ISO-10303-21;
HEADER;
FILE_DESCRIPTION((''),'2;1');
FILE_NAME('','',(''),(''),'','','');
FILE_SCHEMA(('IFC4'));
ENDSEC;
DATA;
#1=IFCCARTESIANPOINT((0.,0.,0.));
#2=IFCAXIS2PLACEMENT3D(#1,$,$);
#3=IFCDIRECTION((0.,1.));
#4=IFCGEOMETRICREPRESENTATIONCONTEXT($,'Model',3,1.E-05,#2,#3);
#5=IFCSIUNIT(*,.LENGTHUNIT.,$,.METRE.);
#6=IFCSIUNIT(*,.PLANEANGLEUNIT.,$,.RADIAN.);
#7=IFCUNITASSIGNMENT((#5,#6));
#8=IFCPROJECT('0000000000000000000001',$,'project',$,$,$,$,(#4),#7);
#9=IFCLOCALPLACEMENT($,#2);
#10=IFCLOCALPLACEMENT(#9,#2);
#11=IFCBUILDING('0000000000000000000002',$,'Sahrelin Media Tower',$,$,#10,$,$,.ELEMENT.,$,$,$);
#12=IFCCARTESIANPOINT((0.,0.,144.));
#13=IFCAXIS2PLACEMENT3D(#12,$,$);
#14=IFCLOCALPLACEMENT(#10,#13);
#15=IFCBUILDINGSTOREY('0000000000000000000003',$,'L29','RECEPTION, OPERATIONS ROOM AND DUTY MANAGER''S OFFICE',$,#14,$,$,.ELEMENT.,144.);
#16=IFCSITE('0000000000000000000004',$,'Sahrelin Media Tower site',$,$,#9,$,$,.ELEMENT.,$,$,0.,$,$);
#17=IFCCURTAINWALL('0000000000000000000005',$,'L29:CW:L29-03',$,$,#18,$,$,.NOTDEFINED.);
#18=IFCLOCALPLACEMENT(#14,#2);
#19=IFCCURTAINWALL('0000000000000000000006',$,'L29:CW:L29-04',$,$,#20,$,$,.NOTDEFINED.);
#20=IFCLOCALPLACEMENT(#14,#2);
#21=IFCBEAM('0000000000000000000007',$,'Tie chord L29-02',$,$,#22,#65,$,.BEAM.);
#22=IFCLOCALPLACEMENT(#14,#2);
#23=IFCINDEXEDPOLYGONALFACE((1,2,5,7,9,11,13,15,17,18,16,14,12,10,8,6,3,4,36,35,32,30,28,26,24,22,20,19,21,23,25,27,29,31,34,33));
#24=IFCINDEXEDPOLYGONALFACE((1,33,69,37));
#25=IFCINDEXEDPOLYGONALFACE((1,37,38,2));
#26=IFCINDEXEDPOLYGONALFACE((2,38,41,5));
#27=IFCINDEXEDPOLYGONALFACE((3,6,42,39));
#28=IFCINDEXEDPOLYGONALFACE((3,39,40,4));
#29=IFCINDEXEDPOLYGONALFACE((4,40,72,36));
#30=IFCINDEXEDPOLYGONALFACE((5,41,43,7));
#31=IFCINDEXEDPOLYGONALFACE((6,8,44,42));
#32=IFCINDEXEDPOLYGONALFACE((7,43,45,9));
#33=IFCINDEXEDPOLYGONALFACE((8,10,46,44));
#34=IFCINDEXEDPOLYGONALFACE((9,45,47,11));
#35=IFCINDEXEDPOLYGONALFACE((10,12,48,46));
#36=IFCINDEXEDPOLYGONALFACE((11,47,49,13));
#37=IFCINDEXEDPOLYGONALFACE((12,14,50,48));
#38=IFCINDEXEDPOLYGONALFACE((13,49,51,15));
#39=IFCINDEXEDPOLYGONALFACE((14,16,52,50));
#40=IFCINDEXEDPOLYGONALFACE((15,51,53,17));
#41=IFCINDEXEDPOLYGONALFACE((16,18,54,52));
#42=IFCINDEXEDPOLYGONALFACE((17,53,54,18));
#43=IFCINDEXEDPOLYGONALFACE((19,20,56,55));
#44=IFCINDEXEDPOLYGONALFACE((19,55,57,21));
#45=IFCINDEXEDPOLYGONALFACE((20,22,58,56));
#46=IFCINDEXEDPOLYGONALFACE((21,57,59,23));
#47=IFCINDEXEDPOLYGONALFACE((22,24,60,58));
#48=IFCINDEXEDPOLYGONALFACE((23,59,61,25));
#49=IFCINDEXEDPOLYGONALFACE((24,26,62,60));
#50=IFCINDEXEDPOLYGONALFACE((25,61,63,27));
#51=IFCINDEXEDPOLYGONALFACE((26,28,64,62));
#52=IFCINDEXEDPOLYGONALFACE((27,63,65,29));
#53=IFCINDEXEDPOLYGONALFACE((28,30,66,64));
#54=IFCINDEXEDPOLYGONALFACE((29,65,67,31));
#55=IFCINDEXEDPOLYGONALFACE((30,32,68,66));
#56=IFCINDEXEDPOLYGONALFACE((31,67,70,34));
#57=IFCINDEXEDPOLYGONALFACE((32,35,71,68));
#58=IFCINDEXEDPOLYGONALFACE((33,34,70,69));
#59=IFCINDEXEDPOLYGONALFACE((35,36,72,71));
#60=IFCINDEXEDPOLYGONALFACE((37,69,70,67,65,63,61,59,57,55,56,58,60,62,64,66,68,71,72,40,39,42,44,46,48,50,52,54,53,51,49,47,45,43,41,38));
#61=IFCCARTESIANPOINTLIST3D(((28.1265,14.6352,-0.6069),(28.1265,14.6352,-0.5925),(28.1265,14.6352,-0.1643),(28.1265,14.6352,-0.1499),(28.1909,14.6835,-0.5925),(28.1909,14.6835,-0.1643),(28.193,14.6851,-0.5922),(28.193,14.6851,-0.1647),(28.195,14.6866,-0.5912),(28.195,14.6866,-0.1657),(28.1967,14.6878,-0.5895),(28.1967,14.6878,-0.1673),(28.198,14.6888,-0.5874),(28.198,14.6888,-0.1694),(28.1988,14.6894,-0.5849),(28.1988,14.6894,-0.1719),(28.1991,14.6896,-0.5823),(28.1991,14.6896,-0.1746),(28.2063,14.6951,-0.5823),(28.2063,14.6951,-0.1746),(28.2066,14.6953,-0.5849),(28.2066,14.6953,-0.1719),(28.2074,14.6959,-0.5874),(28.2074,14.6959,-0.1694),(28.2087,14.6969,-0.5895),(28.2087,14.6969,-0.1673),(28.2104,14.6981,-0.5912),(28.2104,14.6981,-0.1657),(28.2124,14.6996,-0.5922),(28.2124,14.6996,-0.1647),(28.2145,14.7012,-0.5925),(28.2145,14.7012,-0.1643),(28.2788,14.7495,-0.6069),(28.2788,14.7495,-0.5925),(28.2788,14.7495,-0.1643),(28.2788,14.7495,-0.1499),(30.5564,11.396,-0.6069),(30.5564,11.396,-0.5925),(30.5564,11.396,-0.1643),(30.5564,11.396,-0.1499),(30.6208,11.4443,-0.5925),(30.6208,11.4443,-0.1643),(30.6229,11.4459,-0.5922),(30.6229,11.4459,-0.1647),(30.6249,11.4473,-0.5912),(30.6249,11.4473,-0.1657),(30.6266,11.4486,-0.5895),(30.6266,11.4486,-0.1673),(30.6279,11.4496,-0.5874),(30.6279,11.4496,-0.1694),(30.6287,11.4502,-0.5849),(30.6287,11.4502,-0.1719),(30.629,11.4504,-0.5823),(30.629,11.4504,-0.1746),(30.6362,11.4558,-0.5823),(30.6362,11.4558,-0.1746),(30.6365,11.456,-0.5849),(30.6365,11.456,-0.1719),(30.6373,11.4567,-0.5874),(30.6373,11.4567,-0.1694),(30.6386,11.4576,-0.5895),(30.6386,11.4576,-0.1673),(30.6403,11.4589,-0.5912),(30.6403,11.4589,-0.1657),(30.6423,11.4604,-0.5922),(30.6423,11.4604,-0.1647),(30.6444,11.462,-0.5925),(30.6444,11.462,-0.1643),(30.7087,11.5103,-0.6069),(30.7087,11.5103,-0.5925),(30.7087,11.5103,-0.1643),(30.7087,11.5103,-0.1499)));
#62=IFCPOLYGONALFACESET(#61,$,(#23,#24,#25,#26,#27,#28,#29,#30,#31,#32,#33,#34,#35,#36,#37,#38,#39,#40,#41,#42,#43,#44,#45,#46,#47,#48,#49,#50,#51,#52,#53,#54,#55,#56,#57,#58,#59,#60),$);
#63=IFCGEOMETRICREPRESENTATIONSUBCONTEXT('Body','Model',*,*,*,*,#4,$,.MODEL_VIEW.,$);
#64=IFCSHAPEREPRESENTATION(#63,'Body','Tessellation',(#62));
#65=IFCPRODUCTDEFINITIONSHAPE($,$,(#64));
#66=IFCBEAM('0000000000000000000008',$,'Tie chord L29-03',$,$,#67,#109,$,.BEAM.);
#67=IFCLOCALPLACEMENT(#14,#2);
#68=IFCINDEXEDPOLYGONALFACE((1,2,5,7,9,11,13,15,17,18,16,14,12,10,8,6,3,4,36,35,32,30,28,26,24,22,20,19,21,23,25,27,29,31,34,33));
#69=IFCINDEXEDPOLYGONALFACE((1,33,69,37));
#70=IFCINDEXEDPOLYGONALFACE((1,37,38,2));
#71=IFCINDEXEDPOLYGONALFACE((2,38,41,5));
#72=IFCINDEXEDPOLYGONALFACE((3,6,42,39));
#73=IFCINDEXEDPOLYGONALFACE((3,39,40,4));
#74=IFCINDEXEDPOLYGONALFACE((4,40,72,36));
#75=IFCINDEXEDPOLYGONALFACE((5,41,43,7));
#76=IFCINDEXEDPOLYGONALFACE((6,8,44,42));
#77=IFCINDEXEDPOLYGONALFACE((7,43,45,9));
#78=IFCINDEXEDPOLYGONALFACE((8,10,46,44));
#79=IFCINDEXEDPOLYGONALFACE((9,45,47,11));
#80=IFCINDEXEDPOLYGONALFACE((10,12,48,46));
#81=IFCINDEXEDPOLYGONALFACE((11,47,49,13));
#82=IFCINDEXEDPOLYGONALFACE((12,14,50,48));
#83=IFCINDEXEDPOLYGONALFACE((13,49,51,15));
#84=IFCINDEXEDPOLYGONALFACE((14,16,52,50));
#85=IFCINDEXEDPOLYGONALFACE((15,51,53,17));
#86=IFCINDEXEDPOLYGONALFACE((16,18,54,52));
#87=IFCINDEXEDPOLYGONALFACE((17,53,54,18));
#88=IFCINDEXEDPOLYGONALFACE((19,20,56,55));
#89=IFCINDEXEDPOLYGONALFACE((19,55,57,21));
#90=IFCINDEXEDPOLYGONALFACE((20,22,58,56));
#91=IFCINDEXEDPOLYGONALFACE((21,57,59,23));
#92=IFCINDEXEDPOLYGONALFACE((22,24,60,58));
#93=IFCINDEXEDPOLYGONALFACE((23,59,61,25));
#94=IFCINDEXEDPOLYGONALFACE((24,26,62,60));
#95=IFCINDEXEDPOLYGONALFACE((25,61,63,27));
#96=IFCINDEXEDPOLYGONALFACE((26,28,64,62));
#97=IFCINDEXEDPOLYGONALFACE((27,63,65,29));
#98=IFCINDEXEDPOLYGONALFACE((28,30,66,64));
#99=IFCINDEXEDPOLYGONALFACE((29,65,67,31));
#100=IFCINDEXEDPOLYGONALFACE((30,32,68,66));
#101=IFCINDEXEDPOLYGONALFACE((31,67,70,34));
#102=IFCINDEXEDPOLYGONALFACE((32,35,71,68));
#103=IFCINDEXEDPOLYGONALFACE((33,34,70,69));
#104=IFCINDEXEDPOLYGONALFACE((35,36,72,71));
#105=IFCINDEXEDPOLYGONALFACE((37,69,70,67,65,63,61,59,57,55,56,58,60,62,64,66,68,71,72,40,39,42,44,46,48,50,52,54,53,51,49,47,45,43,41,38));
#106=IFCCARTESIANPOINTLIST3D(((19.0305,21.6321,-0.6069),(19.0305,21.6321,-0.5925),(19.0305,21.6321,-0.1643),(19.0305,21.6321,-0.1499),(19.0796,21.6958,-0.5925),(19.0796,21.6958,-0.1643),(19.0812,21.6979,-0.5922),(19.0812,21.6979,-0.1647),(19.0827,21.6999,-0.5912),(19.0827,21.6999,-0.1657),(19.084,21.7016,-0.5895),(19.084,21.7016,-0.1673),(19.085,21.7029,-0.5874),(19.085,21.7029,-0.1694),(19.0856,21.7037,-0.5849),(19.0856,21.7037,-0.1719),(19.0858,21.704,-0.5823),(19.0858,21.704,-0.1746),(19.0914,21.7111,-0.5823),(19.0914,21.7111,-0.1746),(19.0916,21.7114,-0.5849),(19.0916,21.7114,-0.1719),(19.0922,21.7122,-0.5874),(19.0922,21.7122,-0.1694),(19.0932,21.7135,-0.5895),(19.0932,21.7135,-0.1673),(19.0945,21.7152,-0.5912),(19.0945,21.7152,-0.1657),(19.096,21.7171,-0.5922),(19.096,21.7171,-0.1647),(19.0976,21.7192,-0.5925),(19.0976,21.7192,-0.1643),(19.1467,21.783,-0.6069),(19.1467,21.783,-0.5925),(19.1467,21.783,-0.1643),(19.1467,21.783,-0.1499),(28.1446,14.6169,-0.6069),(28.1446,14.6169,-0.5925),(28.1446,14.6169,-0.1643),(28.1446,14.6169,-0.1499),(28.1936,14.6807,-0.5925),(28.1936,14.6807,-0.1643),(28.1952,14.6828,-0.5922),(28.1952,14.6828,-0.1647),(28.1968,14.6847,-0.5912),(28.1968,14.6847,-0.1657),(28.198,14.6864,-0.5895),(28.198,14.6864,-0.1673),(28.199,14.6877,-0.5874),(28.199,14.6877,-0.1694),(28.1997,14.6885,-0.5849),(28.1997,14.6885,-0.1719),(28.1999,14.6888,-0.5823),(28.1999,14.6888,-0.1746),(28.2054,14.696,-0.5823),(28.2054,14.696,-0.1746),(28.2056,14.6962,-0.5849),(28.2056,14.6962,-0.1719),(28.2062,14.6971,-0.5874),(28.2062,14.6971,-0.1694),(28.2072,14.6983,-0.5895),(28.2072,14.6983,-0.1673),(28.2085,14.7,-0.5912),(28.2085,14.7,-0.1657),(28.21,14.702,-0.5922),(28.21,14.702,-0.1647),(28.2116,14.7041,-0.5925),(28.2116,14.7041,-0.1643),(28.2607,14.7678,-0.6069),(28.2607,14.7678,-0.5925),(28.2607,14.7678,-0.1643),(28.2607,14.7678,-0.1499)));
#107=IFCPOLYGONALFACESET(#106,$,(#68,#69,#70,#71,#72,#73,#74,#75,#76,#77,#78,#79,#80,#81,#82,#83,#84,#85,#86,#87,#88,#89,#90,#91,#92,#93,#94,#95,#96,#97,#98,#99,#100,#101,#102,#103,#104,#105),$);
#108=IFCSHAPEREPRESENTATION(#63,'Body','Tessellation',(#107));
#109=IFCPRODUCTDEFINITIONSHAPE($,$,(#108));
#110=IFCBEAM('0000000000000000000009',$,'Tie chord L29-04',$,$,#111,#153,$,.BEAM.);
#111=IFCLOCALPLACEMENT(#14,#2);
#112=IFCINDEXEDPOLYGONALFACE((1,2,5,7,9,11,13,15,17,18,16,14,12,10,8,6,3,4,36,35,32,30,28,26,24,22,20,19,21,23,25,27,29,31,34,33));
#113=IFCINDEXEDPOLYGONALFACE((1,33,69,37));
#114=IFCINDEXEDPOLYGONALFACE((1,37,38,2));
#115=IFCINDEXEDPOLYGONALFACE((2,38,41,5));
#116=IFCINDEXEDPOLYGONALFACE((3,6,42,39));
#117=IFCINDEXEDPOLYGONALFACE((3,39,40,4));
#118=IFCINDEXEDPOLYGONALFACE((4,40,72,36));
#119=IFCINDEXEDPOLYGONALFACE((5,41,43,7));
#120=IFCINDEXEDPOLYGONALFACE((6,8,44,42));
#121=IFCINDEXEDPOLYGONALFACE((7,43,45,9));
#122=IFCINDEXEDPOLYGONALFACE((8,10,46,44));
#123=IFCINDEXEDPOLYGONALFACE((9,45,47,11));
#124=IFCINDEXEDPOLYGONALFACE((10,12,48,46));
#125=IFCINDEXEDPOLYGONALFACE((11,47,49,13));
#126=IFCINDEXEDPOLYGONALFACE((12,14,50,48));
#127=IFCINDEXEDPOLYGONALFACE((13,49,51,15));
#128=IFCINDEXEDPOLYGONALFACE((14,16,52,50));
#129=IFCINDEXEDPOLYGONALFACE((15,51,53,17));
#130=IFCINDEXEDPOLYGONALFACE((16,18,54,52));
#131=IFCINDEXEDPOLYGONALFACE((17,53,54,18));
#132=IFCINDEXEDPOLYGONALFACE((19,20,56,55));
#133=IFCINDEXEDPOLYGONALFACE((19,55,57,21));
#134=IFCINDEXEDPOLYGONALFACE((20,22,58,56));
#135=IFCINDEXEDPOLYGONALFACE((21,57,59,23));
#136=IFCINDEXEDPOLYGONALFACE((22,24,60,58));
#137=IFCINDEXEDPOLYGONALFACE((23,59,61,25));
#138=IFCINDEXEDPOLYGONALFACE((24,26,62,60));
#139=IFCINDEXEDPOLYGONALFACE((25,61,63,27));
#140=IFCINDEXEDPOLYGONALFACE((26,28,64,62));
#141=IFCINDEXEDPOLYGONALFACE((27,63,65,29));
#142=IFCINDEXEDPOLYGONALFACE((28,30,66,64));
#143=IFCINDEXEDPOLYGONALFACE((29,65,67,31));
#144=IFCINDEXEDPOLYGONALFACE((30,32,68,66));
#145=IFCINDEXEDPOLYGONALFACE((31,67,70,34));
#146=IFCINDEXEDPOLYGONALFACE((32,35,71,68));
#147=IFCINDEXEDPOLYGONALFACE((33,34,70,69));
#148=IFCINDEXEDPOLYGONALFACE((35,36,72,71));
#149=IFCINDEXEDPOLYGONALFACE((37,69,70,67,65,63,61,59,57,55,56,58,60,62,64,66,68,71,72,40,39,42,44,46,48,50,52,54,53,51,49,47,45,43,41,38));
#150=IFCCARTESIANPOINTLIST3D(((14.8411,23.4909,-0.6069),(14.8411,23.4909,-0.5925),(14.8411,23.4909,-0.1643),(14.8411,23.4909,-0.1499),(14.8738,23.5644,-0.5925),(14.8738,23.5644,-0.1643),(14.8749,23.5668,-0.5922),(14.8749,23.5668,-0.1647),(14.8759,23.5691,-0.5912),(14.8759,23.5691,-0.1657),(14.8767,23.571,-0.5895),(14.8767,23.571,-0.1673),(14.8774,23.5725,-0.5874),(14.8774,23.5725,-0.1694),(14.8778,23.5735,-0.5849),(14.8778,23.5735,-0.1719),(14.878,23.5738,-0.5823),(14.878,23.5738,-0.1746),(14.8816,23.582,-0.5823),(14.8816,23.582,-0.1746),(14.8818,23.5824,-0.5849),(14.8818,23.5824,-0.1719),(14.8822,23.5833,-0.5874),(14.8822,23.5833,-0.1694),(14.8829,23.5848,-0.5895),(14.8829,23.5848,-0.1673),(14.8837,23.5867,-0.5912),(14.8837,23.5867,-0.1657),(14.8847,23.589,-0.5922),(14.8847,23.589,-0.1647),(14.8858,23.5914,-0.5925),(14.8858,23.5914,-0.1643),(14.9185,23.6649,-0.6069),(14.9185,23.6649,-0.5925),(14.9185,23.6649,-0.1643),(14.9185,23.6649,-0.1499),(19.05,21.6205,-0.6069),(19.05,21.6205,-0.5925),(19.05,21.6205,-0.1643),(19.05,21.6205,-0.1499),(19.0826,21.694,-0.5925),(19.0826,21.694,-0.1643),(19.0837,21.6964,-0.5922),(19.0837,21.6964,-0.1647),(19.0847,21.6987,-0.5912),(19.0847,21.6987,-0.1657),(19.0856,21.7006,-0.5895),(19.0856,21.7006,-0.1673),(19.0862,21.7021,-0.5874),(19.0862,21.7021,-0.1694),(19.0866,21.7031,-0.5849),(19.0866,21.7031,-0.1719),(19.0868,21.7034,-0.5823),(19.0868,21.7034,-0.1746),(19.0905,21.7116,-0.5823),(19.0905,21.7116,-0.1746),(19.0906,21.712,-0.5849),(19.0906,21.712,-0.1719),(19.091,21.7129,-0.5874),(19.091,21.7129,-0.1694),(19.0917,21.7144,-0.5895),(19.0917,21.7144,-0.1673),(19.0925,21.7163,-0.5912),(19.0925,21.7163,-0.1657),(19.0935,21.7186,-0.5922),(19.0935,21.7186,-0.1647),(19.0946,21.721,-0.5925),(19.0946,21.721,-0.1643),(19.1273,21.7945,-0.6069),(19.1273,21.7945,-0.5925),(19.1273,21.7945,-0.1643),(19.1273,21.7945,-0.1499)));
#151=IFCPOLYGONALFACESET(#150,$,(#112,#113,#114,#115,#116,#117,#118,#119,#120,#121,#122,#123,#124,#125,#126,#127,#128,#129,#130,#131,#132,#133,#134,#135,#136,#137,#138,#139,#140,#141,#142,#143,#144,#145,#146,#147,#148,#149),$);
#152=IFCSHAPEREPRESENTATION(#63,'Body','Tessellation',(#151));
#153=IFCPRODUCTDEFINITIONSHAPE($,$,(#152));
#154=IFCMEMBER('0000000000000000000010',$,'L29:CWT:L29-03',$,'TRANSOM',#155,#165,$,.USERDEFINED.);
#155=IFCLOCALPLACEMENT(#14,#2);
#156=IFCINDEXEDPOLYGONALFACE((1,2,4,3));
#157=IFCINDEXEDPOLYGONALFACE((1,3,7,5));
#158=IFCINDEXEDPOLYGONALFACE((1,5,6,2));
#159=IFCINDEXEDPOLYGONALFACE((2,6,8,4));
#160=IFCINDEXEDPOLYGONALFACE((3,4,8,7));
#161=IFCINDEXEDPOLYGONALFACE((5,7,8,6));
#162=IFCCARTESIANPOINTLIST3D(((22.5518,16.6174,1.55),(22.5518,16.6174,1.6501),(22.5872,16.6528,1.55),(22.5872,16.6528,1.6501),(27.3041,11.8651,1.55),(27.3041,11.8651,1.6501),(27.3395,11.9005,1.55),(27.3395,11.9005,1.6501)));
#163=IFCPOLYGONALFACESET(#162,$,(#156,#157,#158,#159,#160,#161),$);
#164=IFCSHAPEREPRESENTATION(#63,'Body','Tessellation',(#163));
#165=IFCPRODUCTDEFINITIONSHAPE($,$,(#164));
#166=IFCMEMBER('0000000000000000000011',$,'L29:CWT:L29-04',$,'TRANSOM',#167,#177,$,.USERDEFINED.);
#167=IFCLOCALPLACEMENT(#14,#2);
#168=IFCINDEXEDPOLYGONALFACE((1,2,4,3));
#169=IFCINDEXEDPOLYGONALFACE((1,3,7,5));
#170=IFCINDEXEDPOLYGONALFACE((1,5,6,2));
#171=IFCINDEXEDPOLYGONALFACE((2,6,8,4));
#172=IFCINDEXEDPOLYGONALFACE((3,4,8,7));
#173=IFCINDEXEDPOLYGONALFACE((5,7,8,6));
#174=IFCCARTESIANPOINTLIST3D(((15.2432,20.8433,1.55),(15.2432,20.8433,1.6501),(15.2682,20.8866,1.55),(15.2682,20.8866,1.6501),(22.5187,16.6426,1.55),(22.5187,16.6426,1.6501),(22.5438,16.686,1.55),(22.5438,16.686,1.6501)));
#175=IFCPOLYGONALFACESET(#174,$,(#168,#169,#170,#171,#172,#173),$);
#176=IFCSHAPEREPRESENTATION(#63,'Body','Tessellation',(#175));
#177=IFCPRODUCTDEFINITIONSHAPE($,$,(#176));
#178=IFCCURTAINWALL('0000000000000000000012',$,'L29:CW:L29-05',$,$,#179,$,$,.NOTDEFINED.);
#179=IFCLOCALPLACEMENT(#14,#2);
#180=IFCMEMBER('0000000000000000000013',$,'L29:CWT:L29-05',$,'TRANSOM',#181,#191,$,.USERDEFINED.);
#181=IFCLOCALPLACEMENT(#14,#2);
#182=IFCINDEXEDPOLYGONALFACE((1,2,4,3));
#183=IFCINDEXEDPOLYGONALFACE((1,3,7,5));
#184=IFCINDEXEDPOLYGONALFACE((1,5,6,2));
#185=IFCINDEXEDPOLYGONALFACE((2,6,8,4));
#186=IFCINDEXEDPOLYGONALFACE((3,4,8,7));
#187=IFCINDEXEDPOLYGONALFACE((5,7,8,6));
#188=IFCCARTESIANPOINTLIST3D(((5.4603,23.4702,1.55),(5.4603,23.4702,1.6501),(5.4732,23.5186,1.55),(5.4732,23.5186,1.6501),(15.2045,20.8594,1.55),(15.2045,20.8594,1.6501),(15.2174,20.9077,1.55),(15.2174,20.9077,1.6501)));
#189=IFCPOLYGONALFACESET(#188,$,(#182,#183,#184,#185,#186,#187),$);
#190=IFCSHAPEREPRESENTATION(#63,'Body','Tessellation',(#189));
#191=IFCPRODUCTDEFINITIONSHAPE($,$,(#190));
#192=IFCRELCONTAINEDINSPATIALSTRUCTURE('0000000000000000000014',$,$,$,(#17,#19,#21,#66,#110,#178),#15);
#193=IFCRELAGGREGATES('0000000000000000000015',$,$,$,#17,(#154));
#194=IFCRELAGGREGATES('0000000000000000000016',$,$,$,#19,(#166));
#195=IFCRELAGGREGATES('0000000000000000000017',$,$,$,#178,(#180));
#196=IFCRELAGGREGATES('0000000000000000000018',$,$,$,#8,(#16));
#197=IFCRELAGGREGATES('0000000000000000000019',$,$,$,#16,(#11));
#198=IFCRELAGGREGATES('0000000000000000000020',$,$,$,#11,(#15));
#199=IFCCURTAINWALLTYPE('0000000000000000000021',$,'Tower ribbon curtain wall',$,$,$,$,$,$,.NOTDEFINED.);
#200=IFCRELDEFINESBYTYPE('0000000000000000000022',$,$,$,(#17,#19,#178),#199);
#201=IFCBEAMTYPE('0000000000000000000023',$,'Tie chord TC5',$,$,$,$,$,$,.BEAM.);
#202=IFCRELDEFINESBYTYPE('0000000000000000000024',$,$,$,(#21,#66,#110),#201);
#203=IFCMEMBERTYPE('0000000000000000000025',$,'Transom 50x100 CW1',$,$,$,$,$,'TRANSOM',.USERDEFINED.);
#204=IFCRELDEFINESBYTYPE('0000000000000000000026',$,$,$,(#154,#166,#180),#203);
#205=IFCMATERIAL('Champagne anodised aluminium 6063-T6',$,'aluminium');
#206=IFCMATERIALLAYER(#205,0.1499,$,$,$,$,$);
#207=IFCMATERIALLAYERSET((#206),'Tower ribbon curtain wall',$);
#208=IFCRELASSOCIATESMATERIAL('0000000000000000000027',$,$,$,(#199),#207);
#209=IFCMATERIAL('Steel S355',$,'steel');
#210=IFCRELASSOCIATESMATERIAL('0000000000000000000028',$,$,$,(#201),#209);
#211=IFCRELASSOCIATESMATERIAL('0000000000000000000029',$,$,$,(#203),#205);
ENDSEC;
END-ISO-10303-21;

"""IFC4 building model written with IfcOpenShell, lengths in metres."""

from ifc_helpers import new_model, si_unit, direction, frame, origin, origin_2d, place, context, subcontext, project, spatial, rectangle, i_section, extrude, material, layer, layer_set, material_profile, profile_set, type_object, element, aggregate, save


model = new_model("IFC4")

# Units and contexts
model_context = context("Model", 3, precision=1e-05, world=origin(), true_north=direction((0.0, 1.0)))
body_context = subcontext(model_context, "Body", "Model", "MODEL_VIEW")
ifc_project = project(units=[si_unit("LENGTHUNIT", "METRE"), si_unit("PLANEANGLEUNIT", "RADIAN")], contexts=[model_context])

# Site, building, storey
site_placement = place(None, origin())
site = spatial("IfcSite", under=ifc_project, at=site_placement, Name="Sahrelin Media Tower site", CompositionType="ELEMENT", RefElevation=0.0)
building_placement = place(site_placement, origin())
building = spatial("IfcBuilding", under=site, at=building_placement, Name="Sahrelin Media Tower", CompositionType="ELEMENT")
storey_placement = place(building_placement, frame((0.0, 0.0, 144.0)))
storey = spatial("IfcBuildingStorey", under=building, at=storey_placement, Name="L29", Description="RECEPTION, OPERATIONS ROOM AND DUTY MANAGER'S OFFICE", CompositionType="ELEMENT", Elevation=144.0)

# Shared definitions
ifc_material_1 = material(Name="Steel S355", Category="steel")

# Curtain walls
ifc_material_2 = material(Name="Champagne anodised aluminium 6063-T6", Category="aluminium")
ifc_layer_1 = layer(ifc_material_2, 0.1499)
ifc_layer_set_1 = layer_set([ifc_layer_1], Name="Tower ribbon curtain wall")
curtain_wall_type = type_object("IfcCurtainWallType", Name="Tower ribbon curtain wall", PredefinedType="NOTDEFINED", material=ifc_layer_set_1)
curtain_wall_1_placement = place(storey_placement, frame((25.0835, 14.397, 0.0), z_axis=(0.0, 0.0, 1.0), x_axis=(1.0, 0.0, 0.0)))
curtain_wall_1 = element("IfcCurtainWall", 1, at=curtain_wall_1_placement, inside=storey, type_object=curtain_wall_type, Name="L29:CW:L29-03", PredefinedType="NOTDEFINED")
curtain_wall_2_placement = place(storey_placement, frame((18.991, 18.9336, 0.0), z_axis=(0.0, 0.0, 1.0), x_axis=(1.0, 0.0, 0.0)))
curtain_wall_2 = element("IfcCurtainWall", 2, at=curtain_wall_2_placement, inside=storey, type_object=curtain_wall_type, Name="L29:CW:L29-04", PredefinedType="NOTDEFINED")

# Beams
ifc_material_profile_1 = material_profile(ifc_material_1, i_section(OverallWidth=0.1904, OverallDepth=0.457, WebThickness=0.009, FlangeThickness=0.0144, FilletRadius=0.0103, at=origin_2d()), Name="UB 457x191x74")
ifc_profile_set_1 = profile_set([ifc_material_profile_1], Name="Steel S355")
beam_type_1 = type_object("IfcBeamType", Name="Tie chord TC5", PredefinedType="BEAM", material=ifc_profile_set_1)
beam_1_placement = place(storey_placement, frame((30.6326, 11.4531, -0.3784), z_axis=(-0.600077, 0.799942, 0.0), x_axis=(-0.799942, -0.600077, 0.0)))
element("IfcBeam", 3, at=beam_1_placement, inside=storey, type_object=beam_type_1, Name="Tie chord L29-02", PredefinedType="BEAM", context=body_context, shape_type="SweptSolid", body=[
    extrude(i_section(OverallWidth=0.1904, OverallDepth=0.457, WebThickness=0.009, FlangeThickness=0.0144, FilletRadius=0.0103, at=origin_2d()), origin(), (0.0, 0.0, 1.0), 4.0493),
])
beam_2_placement = place(storey_placement, frame((28.2026, 14.6924, -0.3784), z_axis=(-0.792441, 0.609949, 0.0), x_axis=(-0.609949, -0.792441, 0.0)))
element("IfcBeam", 4, at=beam_2_placement, inside=storey, type_object=beam_type_1, Name="Tie chord L29-03", PredefinedType="BEAM", context=body_context, shape_type="SweptSolid", body=[
    extrude(i_section(OverallWidth=0.1904, OverallDepth=0.457, WebThickness=0.009, FlangeThickness=0.0144, FilletRadius=0.0103, at=origin_2d()), origin(), (0.0, 0.0, 1.0), 11.5012),
])
beam_3_placement = place(storey_placement, frame((19.0886, 21.7075, -0.3784), z_axis=(-0.913827, 0.406104, 0.0), x_axis=(-0.406104, -0.913827, 0.0)))
element("IfcBeam", 5, at=beam_3_placement, inside=storey, type_object=beam_type_1, Name="Tie chord L29-04", PredefinedType="BEAM", context=body_context, shape_type="SweptSolid", body=[
    extrude(i_section(OverallWidth=0.1904, OverallDepth=0.457, WebThickness=0.009, FlangeThickness=0.0144, FilletRadius=0.0103, at=origin_2d()), origin(), (0.0, 0.0, 1.0), 4.6057),
])

# Members
ifc_material_profile_2 = material_profile(ifc_material_2, rectangle(XDim=0.05, YDim=0.1001, at=origin_2d()), Name="Transom 50x100")
ifc_profile_set_2 = profile_set([ifc_material_profile_2], Name="Champagne anodised aluminium 6063-T6")
member_type_1 = type_object("IfcMemberType", Name="Transom 50x100 CW1", ElementType="TRANSOM", PredefinedType="USERDEFINED", material=ifc_profile_set_2)
member_1_placement = place(storey_placement, frame((27.3218, 11.8828, 1.6001), z_axis=(-0.707107, 0.707107, 0.0), x_axis=(-0.707107, -0.707107, 0.0)))
member_1 = element("IfcMember", 6, at=member_1_placement, type_object=member_type_1, Name="L29:CWT:L29-03", ObjectType="TRANSOM", PredefinedType="USERDEFINED", context=body_context, shape_type="SweptSolid", body=[
    extrude(rectangle(XDim=0.05, YDim=0.1001, at=origin_2d()), origin(), (0.0, 0.0, 1.0), 6.7207),
])
member_2_placement = place(storey_placement, frame((22.5312, 16.6643, 1.6001), z_axis=(-0.866021, 0.500008, 0.0), x_axis=(-0.500008, -0.866021, 0.0)))
member_2 = element("IfcMember", 7, at=member_2_placement, type_object=member_type_1, Name="L29:CWT:L29-04", ObjectType="TRANSOM", PredefinedType="USERDEFINED", context=body_context, shape_type="SweptSolid", body=[
    extrude(rectangle(XDim=0.05, YDim=0.1001, at=origin_2d()), origin(), (0.0, 0.0, 1.0), 8.4011),
])

# Curtain wall, member
curtain_wall_3_placement = place(storey_placement, frame((10.3894, 22.3772, 0.0), z_axis=(0.0, 0.0, 1.0), x_axis=(1.0, 0.0, 0.0)))
curtain_wall_3 = element("IfcCurtainWall", 8, at=curtain_wall_3_placement, inside=storey, type_object=curtain_wall_type, Name="L29:CW:L29-05", PredefinedType="NOTDEFINED")
member_3_placement = place(storey_placement, frame((15.2109, 20.8835, 1.6001), z_axis=(-0.965928, 0.25881, 0.0), x_axis=(-0.25881, -0.965928, 0.0)))
member_3 = element("IfcMember", 9, at=member_3_placement, type_object=member_type_1, Name="L29:CWT:L29-05", ObjectType="TRANSOM", PredefinedType="USERDEFINED", context=body_context, shape_type="SweptSolid", body=[
    extrude(rectangle(XDim=0.05, YDim=0.1001, at=origin_2d()), origin(), (0.0, 0.0, 1.0), 10.0879),
])

aggregate(curtain_wall_1, [member_1])
aggregate(curtain_wall_2, [member_2])
aggregate(curtain_wall_3, [member_3])

save(model, "model.ifc")
